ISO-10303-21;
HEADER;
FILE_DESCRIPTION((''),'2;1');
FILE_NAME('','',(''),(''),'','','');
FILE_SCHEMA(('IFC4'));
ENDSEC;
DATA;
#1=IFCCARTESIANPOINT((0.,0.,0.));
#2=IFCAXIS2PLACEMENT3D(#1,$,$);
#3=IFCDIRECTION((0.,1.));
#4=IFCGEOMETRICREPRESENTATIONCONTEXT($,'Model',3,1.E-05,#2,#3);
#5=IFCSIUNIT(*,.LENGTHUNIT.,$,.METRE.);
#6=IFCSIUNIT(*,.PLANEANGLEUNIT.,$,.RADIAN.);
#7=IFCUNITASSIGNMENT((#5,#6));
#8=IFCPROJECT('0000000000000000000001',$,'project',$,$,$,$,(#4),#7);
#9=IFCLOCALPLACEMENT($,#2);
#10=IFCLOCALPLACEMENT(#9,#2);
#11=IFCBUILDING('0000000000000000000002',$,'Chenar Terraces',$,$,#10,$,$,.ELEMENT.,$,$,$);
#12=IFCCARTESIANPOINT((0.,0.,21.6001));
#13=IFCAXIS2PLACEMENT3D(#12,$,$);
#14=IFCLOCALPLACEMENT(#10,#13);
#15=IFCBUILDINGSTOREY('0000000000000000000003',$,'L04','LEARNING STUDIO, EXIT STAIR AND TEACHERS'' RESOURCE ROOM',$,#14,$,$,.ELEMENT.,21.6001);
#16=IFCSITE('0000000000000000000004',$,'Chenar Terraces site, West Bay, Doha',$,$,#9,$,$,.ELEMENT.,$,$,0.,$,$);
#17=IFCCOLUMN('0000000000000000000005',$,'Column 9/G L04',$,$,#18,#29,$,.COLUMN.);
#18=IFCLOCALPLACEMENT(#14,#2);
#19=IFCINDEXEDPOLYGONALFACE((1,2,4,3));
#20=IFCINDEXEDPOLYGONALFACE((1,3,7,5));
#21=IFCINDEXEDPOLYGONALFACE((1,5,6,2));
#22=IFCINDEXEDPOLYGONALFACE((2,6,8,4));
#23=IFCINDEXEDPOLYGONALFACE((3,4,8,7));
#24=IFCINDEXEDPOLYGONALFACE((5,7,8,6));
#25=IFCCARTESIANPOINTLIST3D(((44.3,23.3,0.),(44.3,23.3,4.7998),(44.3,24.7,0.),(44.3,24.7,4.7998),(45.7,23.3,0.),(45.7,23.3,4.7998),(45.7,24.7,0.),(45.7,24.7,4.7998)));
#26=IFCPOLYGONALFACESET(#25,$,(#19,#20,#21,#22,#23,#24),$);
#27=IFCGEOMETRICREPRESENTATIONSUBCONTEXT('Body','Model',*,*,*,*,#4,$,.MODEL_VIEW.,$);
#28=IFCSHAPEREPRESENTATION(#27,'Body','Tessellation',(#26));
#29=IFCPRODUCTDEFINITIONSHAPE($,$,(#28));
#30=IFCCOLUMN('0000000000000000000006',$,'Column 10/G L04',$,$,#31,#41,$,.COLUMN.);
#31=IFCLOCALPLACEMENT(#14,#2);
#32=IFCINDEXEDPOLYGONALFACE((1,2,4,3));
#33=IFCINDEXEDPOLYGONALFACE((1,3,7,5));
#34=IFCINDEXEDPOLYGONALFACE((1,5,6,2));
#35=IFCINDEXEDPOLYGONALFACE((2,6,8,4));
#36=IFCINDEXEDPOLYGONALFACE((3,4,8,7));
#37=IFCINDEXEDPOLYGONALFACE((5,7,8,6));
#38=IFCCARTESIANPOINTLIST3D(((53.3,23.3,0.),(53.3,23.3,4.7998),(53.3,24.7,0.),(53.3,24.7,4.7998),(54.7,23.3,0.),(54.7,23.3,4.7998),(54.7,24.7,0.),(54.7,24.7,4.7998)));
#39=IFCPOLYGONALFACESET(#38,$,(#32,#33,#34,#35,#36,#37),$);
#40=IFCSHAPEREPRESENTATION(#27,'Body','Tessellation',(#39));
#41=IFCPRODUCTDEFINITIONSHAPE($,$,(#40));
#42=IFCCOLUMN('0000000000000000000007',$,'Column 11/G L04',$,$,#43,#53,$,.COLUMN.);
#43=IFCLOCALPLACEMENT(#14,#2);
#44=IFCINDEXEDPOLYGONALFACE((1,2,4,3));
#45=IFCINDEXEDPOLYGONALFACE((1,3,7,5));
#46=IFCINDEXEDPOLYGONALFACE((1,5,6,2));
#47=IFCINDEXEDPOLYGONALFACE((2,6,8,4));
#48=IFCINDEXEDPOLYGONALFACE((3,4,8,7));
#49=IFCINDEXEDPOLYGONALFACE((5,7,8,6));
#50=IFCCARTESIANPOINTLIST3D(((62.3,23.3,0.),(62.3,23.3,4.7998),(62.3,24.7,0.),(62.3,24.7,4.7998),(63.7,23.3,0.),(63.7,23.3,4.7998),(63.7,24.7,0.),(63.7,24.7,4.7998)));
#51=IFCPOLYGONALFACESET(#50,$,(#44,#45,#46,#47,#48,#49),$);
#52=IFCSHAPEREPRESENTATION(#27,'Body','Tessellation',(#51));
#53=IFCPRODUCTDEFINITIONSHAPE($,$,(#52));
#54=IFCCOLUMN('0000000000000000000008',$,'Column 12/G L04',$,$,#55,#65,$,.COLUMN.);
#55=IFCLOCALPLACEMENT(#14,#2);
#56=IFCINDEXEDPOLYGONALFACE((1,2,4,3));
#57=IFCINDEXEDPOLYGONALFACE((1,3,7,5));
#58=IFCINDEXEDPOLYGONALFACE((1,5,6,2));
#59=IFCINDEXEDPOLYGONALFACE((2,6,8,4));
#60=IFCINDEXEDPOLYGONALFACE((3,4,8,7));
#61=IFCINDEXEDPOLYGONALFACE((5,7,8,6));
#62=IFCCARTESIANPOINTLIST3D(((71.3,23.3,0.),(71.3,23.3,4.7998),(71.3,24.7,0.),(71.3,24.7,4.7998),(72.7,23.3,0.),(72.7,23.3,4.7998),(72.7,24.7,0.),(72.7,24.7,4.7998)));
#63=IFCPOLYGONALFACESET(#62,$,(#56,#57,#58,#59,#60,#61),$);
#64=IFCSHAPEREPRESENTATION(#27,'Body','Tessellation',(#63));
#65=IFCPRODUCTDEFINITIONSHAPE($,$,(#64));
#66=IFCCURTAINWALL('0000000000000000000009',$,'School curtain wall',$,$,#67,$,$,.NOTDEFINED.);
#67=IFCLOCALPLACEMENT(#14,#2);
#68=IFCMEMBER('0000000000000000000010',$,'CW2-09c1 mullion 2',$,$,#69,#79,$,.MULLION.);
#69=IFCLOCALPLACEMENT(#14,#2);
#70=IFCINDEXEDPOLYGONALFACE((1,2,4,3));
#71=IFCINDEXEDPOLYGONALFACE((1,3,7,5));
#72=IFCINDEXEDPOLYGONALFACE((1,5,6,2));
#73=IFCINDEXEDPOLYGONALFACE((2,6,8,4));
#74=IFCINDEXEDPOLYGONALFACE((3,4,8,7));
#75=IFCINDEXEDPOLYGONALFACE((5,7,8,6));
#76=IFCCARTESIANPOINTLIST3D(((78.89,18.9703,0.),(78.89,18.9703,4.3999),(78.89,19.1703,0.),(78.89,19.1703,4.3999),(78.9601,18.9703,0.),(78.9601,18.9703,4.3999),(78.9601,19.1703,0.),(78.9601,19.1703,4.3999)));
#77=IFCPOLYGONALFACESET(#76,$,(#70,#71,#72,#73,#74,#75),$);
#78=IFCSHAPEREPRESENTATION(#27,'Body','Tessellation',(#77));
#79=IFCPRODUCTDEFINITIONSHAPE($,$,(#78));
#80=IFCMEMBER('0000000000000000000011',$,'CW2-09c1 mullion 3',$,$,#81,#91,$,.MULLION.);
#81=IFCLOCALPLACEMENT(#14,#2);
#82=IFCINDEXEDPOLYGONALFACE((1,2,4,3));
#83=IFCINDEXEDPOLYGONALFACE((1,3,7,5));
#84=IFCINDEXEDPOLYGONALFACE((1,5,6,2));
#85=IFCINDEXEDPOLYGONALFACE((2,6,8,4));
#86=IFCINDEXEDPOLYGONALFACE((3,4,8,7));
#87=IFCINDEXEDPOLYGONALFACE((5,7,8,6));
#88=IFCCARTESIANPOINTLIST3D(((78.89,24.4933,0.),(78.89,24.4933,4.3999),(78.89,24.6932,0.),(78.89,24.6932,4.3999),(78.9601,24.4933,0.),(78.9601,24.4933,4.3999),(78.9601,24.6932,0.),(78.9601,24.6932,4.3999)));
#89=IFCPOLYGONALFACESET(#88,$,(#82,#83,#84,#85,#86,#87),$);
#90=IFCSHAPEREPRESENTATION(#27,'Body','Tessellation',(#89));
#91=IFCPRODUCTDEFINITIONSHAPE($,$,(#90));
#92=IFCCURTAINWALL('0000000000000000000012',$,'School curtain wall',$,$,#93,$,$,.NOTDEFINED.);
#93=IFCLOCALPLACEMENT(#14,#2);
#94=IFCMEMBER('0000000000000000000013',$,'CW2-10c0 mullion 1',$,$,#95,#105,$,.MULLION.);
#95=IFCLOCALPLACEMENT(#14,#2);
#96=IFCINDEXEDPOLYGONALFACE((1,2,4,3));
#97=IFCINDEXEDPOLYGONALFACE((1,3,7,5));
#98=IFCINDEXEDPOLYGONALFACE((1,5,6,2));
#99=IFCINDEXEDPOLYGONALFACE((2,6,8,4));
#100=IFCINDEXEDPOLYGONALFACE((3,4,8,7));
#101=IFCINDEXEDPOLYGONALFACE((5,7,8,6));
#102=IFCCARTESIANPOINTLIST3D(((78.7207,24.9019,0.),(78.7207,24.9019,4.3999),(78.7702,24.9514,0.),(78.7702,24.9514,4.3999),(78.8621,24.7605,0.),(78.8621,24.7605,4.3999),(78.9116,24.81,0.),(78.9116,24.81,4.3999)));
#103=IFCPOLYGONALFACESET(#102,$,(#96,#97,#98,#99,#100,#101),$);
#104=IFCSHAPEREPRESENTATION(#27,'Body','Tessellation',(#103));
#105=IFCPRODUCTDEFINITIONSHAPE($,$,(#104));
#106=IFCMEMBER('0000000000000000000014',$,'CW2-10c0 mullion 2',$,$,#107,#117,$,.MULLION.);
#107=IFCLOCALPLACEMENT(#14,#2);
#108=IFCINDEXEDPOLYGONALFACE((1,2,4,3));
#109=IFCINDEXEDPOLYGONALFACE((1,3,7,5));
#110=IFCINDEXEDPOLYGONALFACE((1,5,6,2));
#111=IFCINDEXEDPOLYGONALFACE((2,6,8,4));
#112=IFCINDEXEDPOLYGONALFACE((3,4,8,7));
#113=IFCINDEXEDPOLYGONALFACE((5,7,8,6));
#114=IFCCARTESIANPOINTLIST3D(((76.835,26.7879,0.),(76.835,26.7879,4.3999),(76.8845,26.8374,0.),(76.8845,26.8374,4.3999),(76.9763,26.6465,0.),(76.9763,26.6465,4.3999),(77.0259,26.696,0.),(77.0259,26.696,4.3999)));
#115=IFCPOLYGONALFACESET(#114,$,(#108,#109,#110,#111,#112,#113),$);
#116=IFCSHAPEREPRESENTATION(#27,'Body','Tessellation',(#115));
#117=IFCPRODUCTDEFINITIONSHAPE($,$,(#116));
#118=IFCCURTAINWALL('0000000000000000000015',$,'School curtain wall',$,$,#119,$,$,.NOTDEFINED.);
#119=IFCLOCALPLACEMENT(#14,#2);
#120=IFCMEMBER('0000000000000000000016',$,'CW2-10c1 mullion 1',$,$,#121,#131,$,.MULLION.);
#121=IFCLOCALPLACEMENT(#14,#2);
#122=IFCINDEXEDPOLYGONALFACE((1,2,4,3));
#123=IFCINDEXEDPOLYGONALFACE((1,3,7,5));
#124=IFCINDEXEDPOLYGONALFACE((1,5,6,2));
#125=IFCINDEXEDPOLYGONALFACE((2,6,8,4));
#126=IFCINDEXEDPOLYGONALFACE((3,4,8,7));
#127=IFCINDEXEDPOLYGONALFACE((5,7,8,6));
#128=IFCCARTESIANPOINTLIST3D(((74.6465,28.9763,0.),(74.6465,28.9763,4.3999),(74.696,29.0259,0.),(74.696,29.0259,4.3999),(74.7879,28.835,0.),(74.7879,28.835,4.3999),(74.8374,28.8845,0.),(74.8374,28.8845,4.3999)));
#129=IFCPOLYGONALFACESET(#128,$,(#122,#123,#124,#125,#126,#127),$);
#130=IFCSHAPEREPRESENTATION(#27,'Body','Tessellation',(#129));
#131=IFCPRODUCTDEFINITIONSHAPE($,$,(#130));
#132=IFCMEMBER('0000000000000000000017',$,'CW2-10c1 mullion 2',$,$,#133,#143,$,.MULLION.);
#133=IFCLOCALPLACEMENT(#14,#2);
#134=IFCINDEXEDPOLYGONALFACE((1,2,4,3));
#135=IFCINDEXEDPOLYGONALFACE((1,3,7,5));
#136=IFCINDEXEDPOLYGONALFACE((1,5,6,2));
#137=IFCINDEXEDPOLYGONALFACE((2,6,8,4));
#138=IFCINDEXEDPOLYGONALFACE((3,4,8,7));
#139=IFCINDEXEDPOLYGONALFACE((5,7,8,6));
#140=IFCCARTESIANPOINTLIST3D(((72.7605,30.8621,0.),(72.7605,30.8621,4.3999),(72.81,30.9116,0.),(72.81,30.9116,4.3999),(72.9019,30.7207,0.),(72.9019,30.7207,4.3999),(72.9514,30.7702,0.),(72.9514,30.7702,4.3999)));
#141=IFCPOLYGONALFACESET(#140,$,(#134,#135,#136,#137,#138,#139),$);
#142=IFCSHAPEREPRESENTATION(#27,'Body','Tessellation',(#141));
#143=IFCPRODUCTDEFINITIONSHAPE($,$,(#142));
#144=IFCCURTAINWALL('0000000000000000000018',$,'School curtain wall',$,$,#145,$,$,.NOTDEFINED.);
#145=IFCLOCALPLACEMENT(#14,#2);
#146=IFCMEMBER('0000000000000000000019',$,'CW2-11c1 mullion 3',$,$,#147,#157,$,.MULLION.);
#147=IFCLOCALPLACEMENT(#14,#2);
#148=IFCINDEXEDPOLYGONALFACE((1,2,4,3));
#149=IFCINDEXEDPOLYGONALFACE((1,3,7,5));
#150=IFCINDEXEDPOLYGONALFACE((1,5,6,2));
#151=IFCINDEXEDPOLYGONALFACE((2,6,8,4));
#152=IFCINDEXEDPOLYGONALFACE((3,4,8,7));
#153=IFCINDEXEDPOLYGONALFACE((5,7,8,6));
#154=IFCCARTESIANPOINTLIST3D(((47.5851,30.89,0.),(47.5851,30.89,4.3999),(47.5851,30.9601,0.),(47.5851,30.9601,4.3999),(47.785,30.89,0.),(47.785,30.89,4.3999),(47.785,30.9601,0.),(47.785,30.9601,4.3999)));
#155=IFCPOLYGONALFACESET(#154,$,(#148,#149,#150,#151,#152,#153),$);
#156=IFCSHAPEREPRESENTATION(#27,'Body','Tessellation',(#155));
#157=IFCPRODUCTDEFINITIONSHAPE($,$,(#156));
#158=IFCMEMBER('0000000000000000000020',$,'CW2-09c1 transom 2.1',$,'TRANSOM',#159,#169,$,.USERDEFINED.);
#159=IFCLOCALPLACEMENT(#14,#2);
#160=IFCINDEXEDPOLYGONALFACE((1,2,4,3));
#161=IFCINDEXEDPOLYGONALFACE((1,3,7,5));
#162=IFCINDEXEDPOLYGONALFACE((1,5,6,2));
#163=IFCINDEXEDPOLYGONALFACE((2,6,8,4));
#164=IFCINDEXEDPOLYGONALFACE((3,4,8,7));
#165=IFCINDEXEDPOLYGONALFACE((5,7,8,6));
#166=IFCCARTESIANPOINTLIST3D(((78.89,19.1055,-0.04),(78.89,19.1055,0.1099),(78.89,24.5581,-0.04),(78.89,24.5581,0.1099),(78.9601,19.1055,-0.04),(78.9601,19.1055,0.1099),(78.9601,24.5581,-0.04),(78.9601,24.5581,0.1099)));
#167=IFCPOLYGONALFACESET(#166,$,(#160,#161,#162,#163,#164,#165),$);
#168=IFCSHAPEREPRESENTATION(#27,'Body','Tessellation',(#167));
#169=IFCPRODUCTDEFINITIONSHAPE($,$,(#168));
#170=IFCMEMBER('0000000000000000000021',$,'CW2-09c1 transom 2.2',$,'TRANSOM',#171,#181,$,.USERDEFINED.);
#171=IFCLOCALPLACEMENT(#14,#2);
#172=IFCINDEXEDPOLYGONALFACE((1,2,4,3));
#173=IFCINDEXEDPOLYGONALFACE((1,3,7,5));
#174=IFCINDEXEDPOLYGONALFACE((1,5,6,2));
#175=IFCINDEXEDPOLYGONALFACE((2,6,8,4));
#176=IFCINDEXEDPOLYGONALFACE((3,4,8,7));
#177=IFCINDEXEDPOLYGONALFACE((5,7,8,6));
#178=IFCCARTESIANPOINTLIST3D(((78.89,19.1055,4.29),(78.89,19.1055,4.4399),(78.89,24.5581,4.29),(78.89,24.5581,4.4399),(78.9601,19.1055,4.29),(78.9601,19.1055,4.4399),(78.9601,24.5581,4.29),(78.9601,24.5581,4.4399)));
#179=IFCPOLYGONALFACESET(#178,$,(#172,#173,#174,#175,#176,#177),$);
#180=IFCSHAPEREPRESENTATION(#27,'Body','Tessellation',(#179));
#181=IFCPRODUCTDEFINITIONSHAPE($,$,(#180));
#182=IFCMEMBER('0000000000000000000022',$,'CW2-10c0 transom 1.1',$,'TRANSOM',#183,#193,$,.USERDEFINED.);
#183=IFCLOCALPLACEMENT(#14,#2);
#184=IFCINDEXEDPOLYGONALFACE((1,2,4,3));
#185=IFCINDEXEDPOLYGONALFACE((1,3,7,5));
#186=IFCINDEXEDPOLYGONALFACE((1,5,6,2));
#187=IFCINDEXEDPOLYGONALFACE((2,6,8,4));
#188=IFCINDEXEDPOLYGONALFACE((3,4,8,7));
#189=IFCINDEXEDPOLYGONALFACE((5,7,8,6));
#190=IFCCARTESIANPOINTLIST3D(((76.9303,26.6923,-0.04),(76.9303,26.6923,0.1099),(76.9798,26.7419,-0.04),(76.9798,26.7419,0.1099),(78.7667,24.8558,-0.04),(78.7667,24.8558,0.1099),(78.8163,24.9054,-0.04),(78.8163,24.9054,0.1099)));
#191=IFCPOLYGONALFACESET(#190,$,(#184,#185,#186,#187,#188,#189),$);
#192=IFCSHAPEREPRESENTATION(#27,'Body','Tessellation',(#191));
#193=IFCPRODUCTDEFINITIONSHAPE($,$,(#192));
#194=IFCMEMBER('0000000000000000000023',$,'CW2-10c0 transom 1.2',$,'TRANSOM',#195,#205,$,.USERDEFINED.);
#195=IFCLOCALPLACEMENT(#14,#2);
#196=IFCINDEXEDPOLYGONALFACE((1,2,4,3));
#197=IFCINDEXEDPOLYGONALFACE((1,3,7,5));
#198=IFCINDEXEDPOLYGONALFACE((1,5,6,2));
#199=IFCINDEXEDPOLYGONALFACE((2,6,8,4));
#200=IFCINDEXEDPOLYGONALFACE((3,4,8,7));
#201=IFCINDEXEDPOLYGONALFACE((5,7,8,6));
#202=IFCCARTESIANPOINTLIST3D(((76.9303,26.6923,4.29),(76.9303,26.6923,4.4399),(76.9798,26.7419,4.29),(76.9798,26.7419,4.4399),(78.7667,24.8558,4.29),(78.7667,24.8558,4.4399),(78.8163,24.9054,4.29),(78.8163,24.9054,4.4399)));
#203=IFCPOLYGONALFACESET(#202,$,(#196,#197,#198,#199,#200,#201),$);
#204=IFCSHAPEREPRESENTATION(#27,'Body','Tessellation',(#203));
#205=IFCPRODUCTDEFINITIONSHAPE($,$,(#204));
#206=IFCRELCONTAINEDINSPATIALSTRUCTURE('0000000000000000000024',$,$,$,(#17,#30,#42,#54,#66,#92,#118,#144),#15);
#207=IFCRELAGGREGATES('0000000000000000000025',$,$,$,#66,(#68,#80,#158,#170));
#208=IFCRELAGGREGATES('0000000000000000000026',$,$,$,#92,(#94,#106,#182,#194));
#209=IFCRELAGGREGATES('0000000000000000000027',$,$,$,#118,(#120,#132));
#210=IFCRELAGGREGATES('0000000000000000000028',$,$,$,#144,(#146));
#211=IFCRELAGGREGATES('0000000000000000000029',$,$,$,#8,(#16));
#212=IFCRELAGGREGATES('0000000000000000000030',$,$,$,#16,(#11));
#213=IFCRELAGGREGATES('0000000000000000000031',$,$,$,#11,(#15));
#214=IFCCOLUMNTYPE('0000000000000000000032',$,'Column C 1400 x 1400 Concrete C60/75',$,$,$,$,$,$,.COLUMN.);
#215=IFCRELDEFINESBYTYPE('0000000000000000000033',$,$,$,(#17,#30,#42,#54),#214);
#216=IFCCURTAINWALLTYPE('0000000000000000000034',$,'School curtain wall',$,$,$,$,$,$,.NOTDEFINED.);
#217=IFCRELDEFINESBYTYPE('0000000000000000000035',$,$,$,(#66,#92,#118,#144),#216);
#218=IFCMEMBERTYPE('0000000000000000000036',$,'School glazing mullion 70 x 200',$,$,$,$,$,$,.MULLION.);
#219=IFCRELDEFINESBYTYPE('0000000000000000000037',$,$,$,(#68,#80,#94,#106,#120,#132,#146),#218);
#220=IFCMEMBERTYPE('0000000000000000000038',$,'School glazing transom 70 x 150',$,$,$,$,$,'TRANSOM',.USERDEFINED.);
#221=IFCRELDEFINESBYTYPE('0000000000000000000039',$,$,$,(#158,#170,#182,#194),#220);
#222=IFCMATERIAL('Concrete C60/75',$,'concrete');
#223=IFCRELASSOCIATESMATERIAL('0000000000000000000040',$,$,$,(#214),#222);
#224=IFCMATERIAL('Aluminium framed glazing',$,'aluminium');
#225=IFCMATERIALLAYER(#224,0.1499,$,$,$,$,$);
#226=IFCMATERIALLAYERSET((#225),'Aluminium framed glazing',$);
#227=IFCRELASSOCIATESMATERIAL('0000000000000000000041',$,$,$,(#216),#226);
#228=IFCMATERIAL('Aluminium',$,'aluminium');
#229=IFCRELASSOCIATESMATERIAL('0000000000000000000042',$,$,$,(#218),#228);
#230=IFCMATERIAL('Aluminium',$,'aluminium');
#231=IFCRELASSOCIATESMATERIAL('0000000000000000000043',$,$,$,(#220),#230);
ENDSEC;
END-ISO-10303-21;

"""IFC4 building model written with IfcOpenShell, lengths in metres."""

from ifc_helpers import new_model, si_unit, direction, frame, origin, origin_2d, place, context, subcontext, project, spatial, rectangle, extrude, material, layer, layer_set, material_profile, profile_set, type_object, element, aggregate, save


model = new_model("IFC4")

# Units and contexts
model_context = context("Model", 3, precision=1e-05, world=origin(), true_north=direction((0.0, 1.0)))
body_context = subcontext(model_context, "Body", "Model", "MODEL_VIEW")
ifc_project = project(units=[si_unit("LENGTHUNIT", "METRE"), si_unit("PLANEANGLEUNIT", "RADIAN")], contexts=[model_context])

# Site, building, storey
site_placement = place(None, origin())
site = spatial("IfcSite", under=ifc_project, at=site_placement, Name="Chenar Terraces site, West Bay, Doha", CompositionType="ELEMENT", RefElevation=0.0)
building_placement = place(site_placement, origin())
building = spatial("IfcBuilding", under=site, at=building_placement, Name="Chenar Terraces", CompositionType="ELEMENT")
storey_placement = place(building_placement, frame((0.0, 0.0, 21.6001)))
storey = spatial("IfcBuildingStorey", under=building, at=storey_placement, Name="L04", Description="LEARNING STUDIO, EXIT STAIR AND TEACHERS' RESOURCE ROOM", CompositionType="ELEMENT", Elevation=21.6001)

# Columns
ifc_material_1 = material(Name="Concrete C60/75", Category="concrete")
ifc_material_profile_1 = material_profile(ifc_material_1, rectangle(XDim=1.3999, YDim=1.3999, at=origin_2d()), Name="C 1400 x 1400")
ifc_profile_set_1 = profile_set([ifc_material_profile_1], Name="Concrete C60/75")
column_type = type_object("IfcColumnType", Name="Column C 1400 x 1400 Concrete C60/75", PredefinedType="COLUMN", material=ifc_profile_set_1)
for number, where, z_axis, x_axis, name in (
    (1, (45.0, 24.0, 0.0), (0.0, 0.0, 1.0), (1.0, 0.0, 0.0), "Column 9/G L04"),
    (2, (54.0, 24.0, 0.0), (0.0, 0.0, 1.0), (1.0, 0.0, 0.0), "Column 10/G L04"),
    (3, (63.0, 24.0, 0.0), (0.0, 0.0, 1.0), (1.0, 0.0, 0.0), "Column 11/G L04"),
    (4, (72.0, 24.0, 0.0), (0.0, 0.0, 1.0), (1.0, 0.0, 0.0), "Column 12/G L04"),
):
    element("IfcColumn", number, at=place(storey_placement, frame(where, z_axis=z_axis, x_axis=x_axis)), inside=storey, type_object=column_type, Name=name, PredefinedType="COLUMN", context=body_context, shape_type="SweptSolid", body=[
        extrude(rectangle(XDim=1.3999, YDim=1.3999, at=origin_2d()), origin(), (0.0, 0.0, 1.0), 4.7998),
    ])

# Curtain walls, members
ifc_material_2 = material(Name="Aluminium framed glazing", Category="aluminium")
ifc_layer_1 = layer(ifc_material_2, 0.1499)
ifc_layer_set_1 = layer_set([ifc_layer_1], Name="Aluminium framed glazing")
curtain_wall_type = type_object("IfcCurtainWallType", Name="School curtain wall", PredefinedType="NOTDEFINED", material=ifc_layer_set_1)
placement = place(storey_placement, origin())
curtain_wall_1 = element("IfcCurtainWall", 5, at=placement, inside=storey, type_object=curtain_wall_type, Name="School curtain wall", PredefinedType="NOTDEFINED")
ifc_material_3 = material(Name="Aluminium", Category="aluminium")
ifc_material_profile_2 = material_profile(ifc_material_3, rectangle(XDim=0.0701, YDim=0.2, at=origin_2d()), Name="School glazing mullion 70 x 200")
ifc_profile_set_2 = profile_set([ifc_material_profile_2], Name="Aluminium")
member_type_1 = type_object("IfcMemberType", Name="School glazing mullion 70 x 200", PredefinedType="MULLION", material=ifc_profile_set_2)
member_1_placement = place(storey_placement, frame((78.925, 19.0703, 0.0), z_axis=(0.0, 0.0, 1.0), x_axis=(-1.0, 0.0, 0.0)))
member_1 = element("IfcMember", 6, at=member_1_placement, type_object=member_type_1, Name="CW2-09c1 mullion 2", PredefinedType="MULLION", context=body_context, shape_type="SweptSolid", body=[
    extrude(rectangle(XDim=0.0701, YDim=0.2, at=origin_2d()), origin(), (0.0, 0.0, 1.0), 4.3999),
])
member_2_placement = place(storey_placement, frame((78.925, 24.5933, 0.0), z_axis=(0.0, 0.0, 1.0), x_axis=(-1.0, 0.0, 0.0)))
member_2 = element("IfcMember", 7, at=member_2_placement, type_object=member_type_1, Name="CW2-09c1 mullion 3", PredefinedType="MULLION", context=body_context, shape_type="SweptSolid", body=[
    extrude(rectangle(XDim=0.0701, YDim=0.2, at=origin_2d()), origin(), (0.0, 0.0, 1.0), 4.3999),
])
curtain_wall_2 = element("IfcCurtainWall", 8, at=placement, inside=storey, type_object=curtain_wall_type, Name="School curtain wall", PredefinedType="NOTDEFINED")
member_3_placement = place(storey_placement, frame((78.8162, 24.856, 0.0), z_axis=(0.0, 0.0, 1.0), x_axis=(-0.707107, -0.707107, 0.0)))
member_3 = element("IfcMember", 9, at=member_3_placement, type_object=member_type_1, Name="CW2-10c0 mullion 1", PredefinedType="MULLION", context=body_context, shape_type="SweptSolid", body=[
    extrude(rectangle(XDim=0.0701, YDim=0.2, at=origin_2d()), origin(), (0.0, 0.0, 1.0), 4.3999),
])
member_4_placement = place(storey_placement, frame((76.9304, 26.7419, 0.0), z_axis=(0.0, 0.0, 1.0), x_axis=(-0.707107, -0.707107, 0.0)))
member_4 = element("IfcMember", 10, at=member_4_placement, type_object=member_type_1, Name="CW2-10c0 mullion 2", PredefinedType="MULLION", context=body_context, shape_type="SweptSolid", body=[
    extrude(rectangle(XDim=0.0701, YDim=0.2, at=origin_2d()), origin(), (0.0, 0.0, 1.0), 4.3999),
])
curtain_wall_3 = element("IfcCurtainWall", 11, at=placement, inside=storey, type_object=curtain_wall_type, Name="School curtain wall", PredefinedType="NOTDEFINED")
member_5_placement = place(storey_placement, frame((74.7419, 28.9304, 0.0), z_axis=(0.0, 0.0, 1.0), x_axis=(-0.707107, -0.707107, 0.0)))
member_5 = element("IfcMember", 12, at=member_5_placement, type_object=member_type_1, Name="CW2-10c1 mullion 1", PredefinedType="MULLION", context=body_context, shape_type="SweptSolid", body=[
    extrude(rectangle(XDim=0.0701, YDim=0.2, at=origin_2d()), origin(), (0.0, 0.0, 1.0), 4.3999),
])
member_6_placement = place(storey_placement, frame((72.856, 30.8162, 0.0), z_axis=(0.0, 0.0, 1.0), x_axis=(-0.707107, -0.707107, 0.0)))
member_6 = element("IfcMember", 13, at=member_6_placement, type_object=member_type_1, Name="CW2-10c1 mullion 2", PredefinedType="MULLION", context=body_context, shape_type="SweptSolid", body=[
    extrude(rectangle(XDim=0.0701, YDim=0.2, at=origin_2d()), origin(), (0.0, 0.0, 1.0), 4.3999),
])

# Curtain wall, member
curtain_wall_4 = element("IfcCurtainWall", 14, at=placement, inside=storey, type_object=curtain_wall_type, Name="School curtain wall", PredefinedType="NOTDEFINED")
member_7_placement = place(storey_placement, frame((47.6851, 30.925, 0.0), z_axis=(0.0, 0.0, 1.0), x_axis=(0.0, -1.0, 0.0)))
member_7 = element("IfcMember", 15, at=member_7_placement, type_object=member_type_1, Name="CW2-11c1 mullion 3", PredefinedType="MULLION", context=body_context, shape_type="SweptSolid", body=[
    extrude(rectangle(XDim=0.0701, YDim=0.2, at=origin_2d()), origin(), (0.0, 0.0, 1.0), 4.3999),
])

# Members
ifc_material_4 = material(Name="Aluminium", Category="aluminium")
ifc_material_profile_3 = material_profile(ifc_material_4, rectangle(XDim=0.0701, YDim=0.1499, at=origin_2d()), Name="School glazing transom 70 x 150")
ifc_profile_set_3 = profile_set([ifc_material_profile_3], Name="Aluminium")
member_type_2 = type_object("IfcMemberType", Name="School glazing transom 70 x 150", ElementType="TRANSOM", PredefinedType="USERDEFINED", material=ifc_profile_set_3)
member_8_placement = place(storey_placement, frame((78.925, 19.1055, 0.0349), z_axis=(0.0, 1.0, 0.0), x_axis=(-1.0, 0.0, 0.0)))
member_8 = element("IfcMember", 16, at=member_8_placement, type_object=member_type_2, Name="CW2-09c1 transom 2.1", ObjectType="TRANSOM", PredefinedType="USERDEFINED", context=body_context, shape_type="SweptSolid", body=[
    extrude(rectangle(XDim=0.0701, YDim=0.1499, at=origin_2d()), origin(), (0.0, 0.0, 1.0), 5.4526),
])
member_9_placement = place(storey_placement, frame((78.925, 19.1055, 4.365), z_axis=(0.0, 1.0, 0.0), x_axis=(-1.0, 0.0, 0.0)))
member_9 = element("IfcMember", 17, at=member_9_placement, type_object=member_type_2, Name="CW2-09c1 transom 2.2", ObjectType="TRANSOM", PredefinedType="USERDEFINED", context=body_context, shape_type="SweptSolid", body=[
    extrude(rectangle(XDim=0.0701, YDim=0.1499, at=origin_2d()), origin(), (0.0, 0.0, 1.0), 5.4526),
])
member_10_placement = place(storey_placement, frame((78.7915, 24.8806, 0.0349), z_axis=(-0.707107, 0.707107, 0.0), x_axis=(-0.707107, -0.707107, 0.0)))
member_10 = element("IfcMember", 18, at=member_10_placement, type_object=member_type_2, Name="CW2-10c0 transom 1.1", ObjectType="TRANSOM", PredefinedType="USERDEFINED", context=body_context, shape_type="SweptSolid", body=[
    extrude(rectangle(XDim=0.0701, YDim=0.1499, at=origin_2d()), origin(), (0.0, 0.0, 1.0), 2.5972),
])
member_11_placement = place(storey_placement, frame((78.7915, 24.8806, 4.365), z_axis=(-0.707107, 0.707107, 0.0), x_axis=(-0.707107, -0.707107, 0.0)))
member_11 = element("IfcMember", 19, at=member_11_placement, type_object=member_type_2, Name="CW2-10c0 transom 1.2", ObjectType="TRANSOM", PredefinedType="USERDEFINED", context=body_context, shape_type="SweptSolid", body=[
    extrude(rectangle(XDim=0.0701, YDim=0.1499, at=origin_2d()), origin(), (0.0, 0.0, 1.0), 2.5972),
])

aggregate(curtain_wall_1, [member_1, member_2, member_8, member_9])
aggregate(curtain_wall_2, [member_3, member_4, member_10, member_11])
aggregate(curtain_wall_3, [member_5, member_6])
aggregate(curtain_wall_4, [member_7])

save(model, "model.ifc")
